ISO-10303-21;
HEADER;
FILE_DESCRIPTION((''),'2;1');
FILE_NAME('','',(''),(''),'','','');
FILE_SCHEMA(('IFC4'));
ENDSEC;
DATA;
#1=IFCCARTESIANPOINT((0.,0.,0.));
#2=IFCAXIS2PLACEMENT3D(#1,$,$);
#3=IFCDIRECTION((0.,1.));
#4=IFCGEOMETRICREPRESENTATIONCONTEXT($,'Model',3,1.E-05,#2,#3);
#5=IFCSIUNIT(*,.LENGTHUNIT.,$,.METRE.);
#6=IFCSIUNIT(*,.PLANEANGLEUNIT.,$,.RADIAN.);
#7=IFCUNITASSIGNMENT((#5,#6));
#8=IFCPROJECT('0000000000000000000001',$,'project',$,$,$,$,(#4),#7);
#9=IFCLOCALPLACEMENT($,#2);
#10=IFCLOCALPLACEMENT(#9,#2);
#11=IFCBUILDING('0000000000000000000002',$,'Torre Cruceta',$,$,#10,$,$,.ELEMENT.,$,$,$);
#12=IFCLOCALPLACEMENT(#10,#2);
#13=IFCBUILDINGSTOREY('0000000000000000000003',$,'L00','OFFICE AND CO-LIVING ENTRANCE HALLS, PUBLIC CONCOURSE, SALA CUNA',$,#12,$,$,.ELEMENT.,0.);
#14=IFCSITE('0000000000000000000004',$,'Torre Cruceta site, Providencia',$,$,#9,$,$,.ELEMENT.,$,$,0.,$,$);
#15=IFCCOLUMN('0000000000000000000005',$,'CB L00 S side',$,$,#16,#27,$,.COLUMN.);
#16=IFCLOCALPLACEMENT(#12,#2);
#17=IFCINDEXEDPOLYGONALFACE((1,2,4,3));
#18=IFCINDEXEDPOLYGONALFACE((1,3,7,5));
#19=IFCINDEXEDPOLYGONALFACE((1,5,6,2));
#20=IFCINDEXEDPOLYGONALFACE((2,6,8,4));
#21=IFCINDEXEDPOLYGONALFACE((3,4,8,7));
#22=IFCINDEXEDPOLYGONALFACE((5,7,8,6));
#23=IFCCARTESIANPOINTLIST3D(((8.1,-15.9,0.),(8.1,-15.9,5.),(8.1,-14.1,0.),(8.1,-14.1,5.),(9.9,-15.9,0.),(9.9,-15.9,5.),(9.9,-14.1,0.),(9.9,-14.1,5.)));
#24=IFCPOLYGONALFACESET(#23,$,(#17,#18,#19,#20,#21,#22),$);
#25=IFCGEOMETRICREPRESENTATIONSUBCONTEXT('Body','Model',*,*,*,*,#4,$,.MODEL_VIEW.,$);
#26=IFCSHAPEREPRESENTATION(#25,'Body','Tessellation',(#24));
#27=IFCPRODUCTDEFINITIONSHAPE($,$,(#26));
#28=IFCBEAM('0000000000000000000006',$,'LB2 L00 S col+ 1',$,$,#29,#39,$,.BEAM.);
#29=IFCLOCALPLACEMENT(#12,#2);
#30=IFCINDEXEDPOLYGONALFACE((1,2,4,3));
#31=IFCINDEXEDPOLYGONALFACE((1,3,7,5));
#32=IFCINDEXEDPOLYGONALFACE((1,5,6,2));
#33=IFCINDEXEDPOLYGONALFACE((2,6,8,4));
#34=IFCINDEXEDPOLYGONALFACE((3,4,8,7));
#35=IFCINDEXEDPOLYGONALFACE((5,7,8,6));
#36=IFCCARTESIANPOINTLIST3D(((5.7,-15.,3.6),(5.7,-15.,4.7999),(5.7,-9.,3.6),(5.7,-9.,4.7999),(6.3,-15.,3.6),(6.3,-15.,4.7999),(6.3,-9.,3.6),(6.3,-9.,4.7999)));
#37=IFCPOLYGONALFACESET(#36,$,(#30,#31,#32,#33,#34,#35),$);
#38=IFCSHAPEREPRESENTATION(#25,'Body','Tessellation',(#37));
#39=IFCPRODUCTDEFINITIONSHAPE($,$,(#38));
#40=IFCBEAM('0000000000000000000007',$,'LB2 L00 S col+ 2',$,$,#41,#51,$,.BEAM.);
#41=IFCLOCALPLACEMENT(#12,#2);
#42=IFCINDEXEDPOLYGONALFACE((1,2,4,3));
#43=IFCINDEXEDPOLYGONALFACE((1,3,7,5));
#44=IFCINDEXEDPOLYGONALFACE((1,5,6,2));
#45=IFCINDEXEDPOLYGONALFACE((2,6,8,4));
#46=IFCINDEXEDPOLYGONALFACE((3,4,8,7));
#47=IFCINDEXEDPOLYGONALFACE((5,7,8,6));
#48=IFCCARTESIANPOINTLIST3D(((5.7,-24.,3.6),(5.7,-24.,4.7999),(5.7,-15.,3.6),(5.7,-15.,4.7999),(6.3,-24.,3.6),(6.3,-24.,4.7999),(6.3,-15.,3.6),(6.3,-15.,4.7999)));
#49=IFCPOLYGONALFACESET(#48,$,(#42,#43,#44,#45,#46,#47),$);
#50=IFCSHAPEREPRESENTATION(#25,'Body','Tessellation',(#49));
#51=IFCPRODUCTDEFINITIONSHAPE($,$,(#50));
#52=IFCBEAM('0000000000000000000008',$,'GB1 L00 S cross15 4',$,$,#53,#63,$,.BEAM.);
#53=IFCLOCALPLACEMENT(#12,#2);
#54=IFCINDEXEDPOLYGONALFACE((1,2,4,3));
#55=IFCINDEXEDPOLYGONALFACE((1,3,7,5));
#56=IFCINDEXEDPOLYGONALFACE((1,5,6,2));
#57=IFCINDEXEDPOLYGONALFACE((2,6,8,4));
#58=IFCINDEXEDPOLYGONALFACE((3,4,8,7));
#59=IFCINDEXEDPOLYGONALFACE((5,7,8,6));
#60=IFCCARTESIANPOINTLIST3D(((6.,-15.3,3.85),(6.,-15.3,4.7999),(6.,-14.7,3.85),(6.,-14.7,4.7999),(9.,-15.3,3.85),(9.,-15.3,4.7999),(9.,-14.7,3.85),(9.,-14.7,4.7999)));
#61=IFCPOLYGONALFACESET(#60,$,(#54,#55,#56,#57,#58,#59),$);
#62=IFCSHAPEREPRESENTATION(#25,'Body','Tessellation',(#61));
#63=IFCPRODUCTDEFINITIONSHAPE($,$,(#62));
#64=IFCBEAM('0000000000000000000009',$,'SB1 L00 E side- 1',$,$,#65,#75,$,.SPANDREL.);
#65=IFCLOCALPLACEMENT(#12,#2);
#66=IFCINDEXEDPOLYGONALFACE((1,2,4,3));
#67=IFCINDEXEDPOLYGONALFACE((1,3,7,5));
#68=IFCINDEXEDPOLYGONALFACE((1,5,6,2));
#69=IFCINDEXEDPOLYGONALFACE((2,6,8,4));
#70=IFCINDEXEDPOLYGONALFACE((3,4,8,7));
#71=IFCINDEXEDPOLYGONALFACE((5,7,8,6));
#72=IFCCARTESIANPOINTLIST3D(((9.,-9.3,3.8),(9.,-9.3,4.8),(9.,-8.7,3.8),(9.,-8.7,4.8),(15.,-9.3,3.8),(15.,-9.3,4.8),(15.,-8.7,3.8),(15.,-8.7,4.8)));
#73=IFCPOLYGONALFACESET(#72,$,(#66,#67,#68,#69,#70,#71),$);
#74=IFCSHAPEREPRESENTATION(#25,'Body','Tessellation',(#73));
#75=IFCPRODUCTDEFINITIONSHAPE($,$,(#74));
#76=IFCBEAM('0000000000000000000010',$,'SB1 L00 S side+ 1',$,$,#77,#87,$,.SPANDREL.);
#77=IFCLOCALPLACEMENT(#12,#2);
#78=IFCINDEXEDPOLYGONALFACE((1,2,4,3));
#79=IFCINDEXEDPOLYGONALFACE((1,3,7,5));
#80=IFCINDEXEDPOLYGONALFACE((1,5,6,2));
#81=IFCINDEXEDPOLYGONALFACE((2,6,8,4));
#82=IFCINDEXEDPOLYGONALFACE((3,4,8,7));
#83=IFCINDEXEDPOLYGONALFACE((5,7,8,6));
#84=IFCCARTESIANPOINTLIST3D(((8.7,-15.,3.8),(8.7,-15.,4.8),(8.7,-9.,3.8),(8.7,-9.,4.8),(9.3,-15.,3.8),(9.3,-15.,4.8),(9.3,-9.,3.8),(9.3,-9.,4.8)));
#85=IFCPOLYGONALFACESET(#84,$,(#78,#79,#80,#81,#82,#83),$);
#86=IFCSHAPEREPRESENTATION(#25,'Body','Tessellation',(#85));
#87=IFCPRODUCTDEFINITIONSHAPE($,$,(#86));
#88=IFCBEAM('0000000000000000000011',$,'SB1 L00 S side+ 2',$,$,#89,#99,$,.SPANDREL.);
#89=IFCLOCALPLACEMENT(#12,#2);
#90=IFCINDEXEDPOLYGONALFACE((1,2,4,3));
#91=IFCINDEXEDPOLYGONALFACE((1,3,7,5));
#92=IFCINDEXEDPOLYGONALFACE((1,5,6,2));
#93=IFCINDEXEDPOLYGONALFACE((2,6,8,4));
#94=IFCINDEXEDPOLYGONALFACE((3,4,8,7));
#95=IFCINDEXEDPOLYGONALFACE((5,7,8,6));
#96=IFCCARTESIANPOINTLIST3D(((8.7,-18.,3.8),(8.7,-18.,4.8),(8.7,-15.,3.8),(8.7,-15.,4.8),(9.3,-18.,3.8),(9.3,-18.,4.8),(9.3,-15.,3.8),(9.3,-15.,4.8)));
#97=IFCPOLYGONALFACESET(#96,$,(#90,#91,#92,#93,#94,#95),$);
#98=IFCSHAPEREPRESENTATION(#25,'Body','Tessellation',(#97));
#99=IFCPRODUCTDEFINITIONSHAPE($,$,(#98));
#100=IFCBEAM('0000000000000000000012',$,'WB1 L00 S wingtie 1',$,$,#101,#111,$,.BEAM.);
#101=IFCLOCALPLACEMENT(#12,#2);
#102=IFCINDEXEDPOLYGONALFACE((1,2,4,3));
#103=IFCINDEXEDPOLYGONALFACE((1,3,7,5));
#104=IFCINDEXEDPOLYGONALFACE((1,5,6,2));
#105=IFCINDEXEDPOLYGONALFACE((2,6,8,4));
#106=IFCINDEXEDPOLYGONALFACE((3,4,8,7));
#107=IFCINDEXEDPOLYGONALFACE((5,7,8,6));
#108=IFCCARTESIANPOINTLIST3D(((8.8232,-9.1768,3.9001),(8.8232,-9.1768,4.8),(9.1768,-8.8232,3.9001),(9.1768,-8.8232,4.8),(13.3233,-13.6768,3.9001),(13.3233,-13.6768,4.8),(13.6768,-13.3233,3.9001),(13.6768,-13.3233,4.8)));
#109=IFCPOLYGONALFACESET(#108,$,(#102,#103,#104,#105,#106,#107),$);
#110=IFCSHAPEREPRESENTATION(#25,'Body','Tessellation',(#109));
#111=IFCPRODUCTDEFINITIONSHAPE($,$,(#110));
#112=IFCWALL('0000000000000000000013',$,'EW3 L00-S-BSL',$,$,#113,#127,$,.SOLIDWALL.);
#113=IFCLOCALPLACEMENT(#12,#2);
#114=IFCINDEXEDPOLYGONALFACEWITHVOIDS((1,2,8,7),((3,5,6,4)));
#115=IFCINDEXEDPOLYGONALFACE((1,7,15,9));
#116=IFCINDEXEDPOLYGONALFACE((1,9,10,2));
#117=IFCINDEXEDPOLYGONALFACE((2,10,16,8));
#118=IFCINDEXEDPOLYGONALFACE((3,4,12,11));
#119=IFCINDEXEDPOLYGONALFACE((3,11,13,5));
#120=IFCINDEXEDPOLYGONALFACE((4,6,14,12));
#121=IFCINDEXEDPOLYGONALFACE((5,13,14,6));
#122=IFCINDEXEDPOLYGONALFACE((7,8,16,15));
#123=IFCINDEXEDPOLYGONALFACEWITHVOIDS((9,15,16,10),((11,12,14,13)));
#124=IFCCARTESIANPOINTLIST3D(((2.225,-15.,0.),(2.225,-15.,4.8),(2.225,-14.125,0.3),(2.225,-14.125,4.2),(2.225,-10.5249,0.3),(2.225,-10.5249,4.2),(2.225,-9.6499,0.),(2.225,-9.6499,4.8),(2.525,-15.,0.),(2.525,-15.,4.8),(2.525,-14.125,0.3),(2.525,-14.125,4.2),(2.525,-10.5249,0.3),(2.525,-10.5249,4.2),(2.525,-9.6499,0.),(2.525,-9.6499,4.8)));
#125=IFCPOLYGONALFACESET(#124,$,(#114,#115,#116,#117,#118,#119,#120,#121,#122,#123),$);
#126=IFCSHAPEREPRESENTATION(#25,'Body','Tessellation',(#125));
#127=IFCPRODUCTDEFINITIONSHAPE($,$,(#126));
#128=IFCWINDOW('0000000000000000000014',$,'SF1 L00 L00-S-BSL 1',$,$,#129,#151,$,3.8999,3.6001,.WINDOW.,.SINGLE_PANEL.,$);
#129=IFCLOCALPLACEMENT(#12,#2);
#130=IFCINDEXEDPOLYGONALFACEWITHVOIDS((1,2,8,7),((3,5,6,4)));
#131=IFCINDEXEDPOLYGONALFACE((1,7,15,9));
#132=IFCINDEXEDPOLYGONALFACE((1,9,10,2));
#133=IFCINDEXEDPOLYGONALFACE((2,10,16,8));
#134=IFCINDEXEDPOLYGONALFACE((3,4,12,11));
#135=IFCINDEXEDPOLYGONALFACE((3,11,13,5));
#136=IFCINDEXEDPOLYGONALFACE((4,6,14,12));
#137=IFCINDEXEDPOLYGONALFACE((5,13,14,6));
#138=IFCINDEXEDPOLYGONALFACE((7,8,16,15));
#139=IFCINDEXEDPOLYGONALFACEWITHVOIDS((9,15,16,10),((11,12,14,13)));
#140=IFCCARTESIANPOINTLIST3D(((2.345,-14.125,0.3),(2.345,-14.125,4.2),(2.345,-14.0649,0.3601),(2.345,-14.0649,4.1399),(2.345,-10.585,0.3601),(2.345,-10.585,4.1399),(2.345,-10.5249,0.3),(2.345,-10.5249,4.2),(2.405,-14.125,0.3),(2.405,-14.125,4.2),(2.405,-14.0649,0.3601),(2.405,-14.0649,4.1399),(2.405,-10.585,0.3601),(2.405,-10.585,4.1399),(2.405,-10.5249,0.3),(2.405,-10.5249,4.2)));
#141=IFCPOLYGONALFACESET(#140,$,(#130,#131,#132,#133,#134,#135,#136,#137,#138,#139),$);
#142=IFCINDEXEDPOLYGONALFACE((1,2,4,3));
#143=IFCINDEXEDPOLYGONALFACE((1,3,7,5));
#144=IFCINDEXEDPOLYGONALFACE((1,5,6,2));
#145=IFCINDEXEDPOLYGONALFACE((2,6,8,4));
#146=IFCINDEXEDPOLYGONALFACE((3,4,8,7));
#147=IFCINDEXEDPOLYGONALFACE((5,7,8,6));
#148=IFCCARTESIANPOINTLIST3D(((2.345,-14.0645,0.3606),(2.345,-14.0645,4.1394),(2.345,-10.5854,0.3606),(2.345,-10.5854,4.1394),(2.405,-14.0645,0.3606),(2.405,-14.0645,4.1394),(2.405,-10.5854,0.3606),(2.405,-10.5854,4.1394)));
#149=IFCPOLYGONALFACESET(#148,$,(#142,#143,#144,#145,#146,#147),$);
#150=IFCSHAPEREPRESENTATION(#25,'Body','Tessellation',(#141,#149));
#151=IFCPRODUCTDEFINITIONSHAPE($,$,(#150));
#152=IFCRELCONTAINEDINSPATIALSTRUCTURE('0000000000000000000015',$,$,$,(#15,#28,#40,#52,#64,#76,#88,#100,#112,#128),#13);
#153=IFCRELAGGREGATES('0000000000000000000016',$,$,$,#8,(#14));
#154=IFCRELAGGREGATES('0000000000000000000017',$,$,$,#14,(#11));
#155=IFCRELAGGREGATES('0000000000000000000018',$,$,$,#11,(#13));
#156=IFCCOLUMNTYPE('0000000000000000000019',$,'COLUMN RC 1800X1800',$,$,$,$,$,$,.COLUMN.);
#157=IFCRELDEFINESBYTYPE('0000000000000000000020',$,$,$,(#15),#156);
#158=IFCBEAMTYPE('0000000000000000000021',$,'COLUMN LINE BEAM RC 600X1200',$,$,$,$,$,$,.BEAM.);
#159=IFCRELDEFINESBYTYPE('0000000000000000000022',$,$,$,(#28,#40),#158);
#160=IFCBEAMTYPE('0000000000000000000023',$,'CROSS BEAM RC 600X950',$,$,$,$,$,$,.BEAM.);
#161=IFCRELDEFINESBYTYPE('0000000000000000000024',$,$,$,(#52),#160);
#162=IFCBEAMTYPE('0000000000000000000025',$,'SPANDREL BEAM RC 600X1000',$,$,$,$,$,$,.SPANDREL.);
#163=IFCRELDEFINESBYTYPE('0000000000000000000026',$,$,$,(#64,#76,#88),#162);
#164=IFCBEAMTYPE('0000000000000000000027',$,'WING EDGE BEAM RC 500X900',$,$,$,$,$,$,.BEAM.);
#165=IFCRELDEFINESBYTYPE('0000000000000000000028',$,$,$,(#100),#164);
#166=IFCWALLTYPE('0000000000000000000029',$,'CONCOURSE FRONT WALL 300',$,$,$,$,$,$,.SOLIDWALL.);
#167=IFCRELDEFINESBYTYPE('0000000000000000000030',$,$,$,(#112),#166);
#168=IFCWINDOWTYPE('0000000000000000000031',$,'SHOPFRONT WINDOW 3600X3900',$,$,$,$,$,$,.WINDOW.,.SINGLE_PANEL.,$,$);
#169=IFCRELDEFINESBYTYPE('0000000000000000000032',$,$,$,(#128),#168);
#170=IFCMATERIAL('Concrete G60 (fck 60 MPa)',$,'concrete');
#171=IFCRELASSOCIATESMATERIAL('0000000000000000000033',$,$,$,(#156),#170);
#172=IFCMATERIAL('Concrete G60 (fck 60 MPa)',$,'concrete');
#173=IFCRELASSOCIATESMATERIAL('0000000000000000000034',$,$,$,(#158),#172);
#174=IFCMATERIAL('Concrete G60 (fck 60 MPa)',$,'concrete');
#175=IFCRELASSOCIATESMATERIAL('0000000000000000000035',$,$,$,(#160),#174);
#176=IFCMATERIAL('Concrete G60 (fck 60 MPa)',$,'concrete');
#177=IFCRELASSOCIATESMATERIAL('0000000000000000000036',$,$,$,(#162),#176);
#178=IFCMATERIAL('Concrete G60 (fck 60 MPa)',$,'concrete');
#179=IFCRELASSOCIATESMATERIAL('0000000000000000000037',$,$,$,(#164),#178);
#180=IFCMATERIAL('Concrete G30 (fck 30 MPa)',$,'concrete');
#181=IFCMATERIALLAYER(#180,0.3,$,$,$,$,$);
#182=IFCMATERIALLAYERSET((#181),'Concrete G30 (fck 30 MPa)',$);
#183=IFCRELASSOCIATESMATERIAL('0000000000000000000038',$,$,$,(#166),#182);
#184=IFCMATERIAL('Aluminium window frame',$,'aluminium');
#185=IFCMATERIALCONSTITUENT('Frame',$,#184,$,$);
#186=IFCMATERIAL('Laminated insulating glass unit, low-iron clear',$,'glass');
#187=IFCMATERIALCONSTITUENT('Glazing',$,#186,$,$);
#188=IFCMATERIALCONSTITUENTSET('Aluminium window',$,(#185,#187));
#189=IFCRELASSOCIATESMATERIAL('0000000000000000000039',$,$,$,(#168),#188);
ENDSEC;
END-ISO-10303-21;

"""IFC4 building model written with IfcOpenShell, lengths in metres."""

from ifc_helpers import new_model, si_unit, direction, frame, frame_2d, origin, origin_2d, place, context, subcontext, project, spatial, rectangle, hollow_rectangle, extrude, material, layer, layer_set, constituent, constituent_set, material_profile, profile_set, type_object, element, fill, save


model = new_model("IFC4")

# Units and contexts
model_context = context("Model", 3, precision=1e-05, world=origin(), true_north=direction((0.0, 1.0)))
body_context = subcontext(model_context, "Body", "Model", "MODEL_VIEW")
ifc_project = project(units=[si_unit("LENGTHUNIT", "METRE"), si_unit("PLANEANGLEUNIT", "RADIAN")], contexts=[model_context])

# Site, building, storey
site_placement = place(None, origin())
site = spatial("IfcSite", under=ifc_project, at=site_placement, Name="Torre Cruceta site, Providencia", CompositionType="ELEMENT", RefElevation=0.0)
building_placement = place(site_placement, origin())
building = spatial("IfcBuilding", under=site, at=building_placement, Name="Torre Cruceta", CompositionType="ELEMENT")
storey_placement = place(building_placement, origin())
storey = spatial("IfcBuildingStorey", under=building, at=storey_placement, Name="L00", Description="OFFICE AND CO-LIVING ENTRANCE HALLS, PUBLIC CONCOURSE, SALA CUNA", CompositionType="ELEMENT", Elevation=0.0)

# Column
ifc_material_1 = material(Name="Concrete G60 (fck 60 MPa)", Category="concrete")
ifc_material_profile_1 = material_profile(ifc_material_1, rectangle(XDim=1.8, YDim=1.8, at=origin_2d()), Name="RC 1800X1800")
ifc_profile_set_1 = profile_set([ifc_material_profile_1], Name="Concrete G60 (fck 60 MPa)")
column_type = type_object("IfcColumnType", Name="COLUMN RC 1800X1800", PredefinedType="COLUMN", material=ifc_profile_set_1)
column_placement = place(storey_placement, frame((9.0, -15.0, 0.0), z_axis=(0.0, 0.0, 1.0), x_axis=(1.0, 0.0, 0.0)))
element("IfcColumn", 1, at=column_placement, inside=storey, type_object=column_type, Name="CB L00 S side", PredefinedType="COLUMN", context=body_context, shape_type="SweptSolid", body=[
    extrude(rectangle(XDim=1.8, YDim=1.8, at=origin_2d()), origin(), (0.0, 0.0, 1.0), 5.0),
])

# Beams
ifc_material_2 = material(Name="Concrete G60 (fck 60 MPa)", Category="concrete")
ifc_material_profile_2 = material_profile(ifc_material_2, rectangle(XDim=0.6001, YDim=1.2, at=origin_2d()), Name="RC 600X1200")
ifc_profile_set_2 = profile_set([ifc_material_profile_2], Name="Concrete G60 (fck 60 MPa)")
beam_type_1 = type_object("IfcBeamType", Name="COLUMN LINE BEAM RC 600X1200", PredefinedType="BEAM", material=ifc_profile_set_2)
beam_1_placement = place(storey_placement, frame((6.0, -9.0, 4.2), z_axis=(0.0, -1.0, 0.0), x_axis=(1.0, 0.0, 0.0)))
element("IfcBeam", 2, at=beam_1_placement, inside=storey, type_object=beam_type_1, Name="LB2 L00 S col+ 1", PredefinedType="BEAM", context=body_context, shape_type="SweptSolid", body=[
    extrude(rectangle(XDim=0.6001, YDim=1.2, at=origin_2d()), origin(), (0.0, 0.0, 1.0), 6.0),
])
beam_2_placement = place(storey_placement, frame((6.0, -15.0, 4.2), z_axis=(0.0, -1.0, 0.0), x_axis=(1.0, 0.0, 0.0)))
element("IfcBeam", 3, at=beam_2_placement, inside=storey, type_object=beam_type_1, Name="LB2 L00 S col+ 2", PredefinedType="BEAM", context=body_context, shape_type="SweptSolid", body=[
    extrude(rectangle(XDim=0.6001, YDim=1.2, at=origin_2d()), origin(), (0.0, 0.0, 1.0), 9.0),
])
ifc_material_3 = material(Name="Concrete G60 (fck 60 MPa)", Category="concrete")
ifc_material_profile_3 = material_profile(ifc_material_3, rectangle(XDim=0.6001, YDim=0.95, at=origin_2d()), Name="RC 600X950")
ifc_profile_set_3 = profile_set([ifc_material_profile_3], Name="Concrete G60 (fck 60 MPa)")
beam_type_2 = type_object("IfcBeamType", Name="CROSS BEAM RC 600X950", PredefinedType="BEAM", material=ifc_profile_set_3)
beam_3_placement = place(storey_placement, frame((6.0, -15.0, 4.325), z_axis=(1.0, 0.0, 0.0), x_axis=(0.0, 1.0, 0.0)))
element("IfcBeam", 4, at=beam_3_placement, inside=storey, type_object=beam_type_2, Name="GB1 L00 S cross15 4", PredefinedType="BEAM", context=body_context, shape_type="SweptSolid", body=[
    extrude(rectangle(XDim=0.6001, YDim=0.95, at=origin_2d()), origin(), (0.0, 0.0, 1.0), 3.0),
])
ifc_material_4 = material(Name="Concrete G60 (fck 60 MPa)", Category="concrete")
ifc_material_profile_4 = material_profile(ifc_material_4, rectangle(XDim=0.6001, YDim=1.0, at=origin_2d()), Name="RC 600X1000")
ifc_profile_set_4 = profile_set([ifc_material_profile_4], Name="Concrete G60 (fck 60 MPa)")
beam_type_3 = type_object("IfcBeamType", Name="SPANDREL BEAM RC 600X1000", PredefinedType="SPANDREL", material=ifc_profile_set_4)
for number, where, z_axis, x_axis, name in (
    (5, (9.0, -9.0, 4.3), (1.0, 0.0, 0.0), (0.0, 1.0, 0.0), "SB1 L00 E side- 1"),
    (6, (9.0, -9.0, 4.3), (0.0, -1.0, 0.0), (1.0, 0.0, 0.0), "SB1 L00 S side+ 1"),
):
    element("IfcBeam", number, at=place(storey_placement, frame(where, z_axis=z_axis, x_axis=x_axis)), inside=storey, type_object=beam_type_3, Name=name, PredefinedType="SPANDREL", context=body_context, shape_type="SweptSolid", body=[
        extrude(rectangle(XDim=0.6001, YDim=1.0, at=origin_2d()), origin(), (0.0, 0.0, 1.0), 6.0),
    ])
beam_4_placement = place(storey_placement, frame((9.0, -15.0, 4.3), z_axis=(0.0, -1.0, 0.0), x_axis=(1.0, 0.0, 0.0)))
element("IfcBeam", 7, at=beam_4_placement, inside=storey, type_object=beam_type_3, Name="SB1 L00 S side+ 2", PredefinedType="SPANDREL", context=body_context, shape_type="SweptSolid", body=[
    extrude(rectangle(XDim=0.6001, YDim=1.0, at=origin_2d()), origin(), (0.0, 0.0, 1.0), 3.0),
])
ifc_material_5 = material(Name="Concrete G60 (fck 60 MPa)", Category="concrete")
ifc_material_profile_5 = material_profile(ifc_material_5, rectangle(XDim=0.5, YDim=0.8999, at=origin_2d()), Name="RC 500X900")
ifc_profile_set_5 = profile_set([ifc_material_profile_5], Name="Concrete G60 (fck 60 MPa)")
beam_type_4 = type_object("IfcBeamType", Name="WING EDGE BEAM RC 500X900", PredefinedType="BEAM", material=ifc_profile_set_5)
beam_5_placement = place(storey_placement, frame((9.0, -9.0, 4.3501), z_axis=(0.707107, -0.707107, 0.0), x_axis=(0.707107, 0.707107, 0.0)))
element("IfcBeam", 8, at=beam_5_placement, inside=storey, type_object=beam_type_4, Name="WB1 L00 S wingtie 1", PredefinedType="BEAM", context=body_context, shape_type="SweptSolid", body=[
    extrude(rectangle(XDim=0.5, YDim=0.8999, at=origin_2d()), origin(), (0.0, 0.0, 1.0), 6.364),
])

# Shared definitions
ifc_material_6 = material(Name="Concrete G30 (fck 30 MPa)", Category="concrete")
ifc_layer_1 = layer(ifc_material_6, 0.3)
ifc_layer_set_1 = layer_set([ifc_layer_1], Name="Concrete G30 (fck 30 MPa)")
wall_type_1 = type_object("IfcWallType", Name="CONCOURSE FRONT WALL 300", PredefinedType="SOLIDWALL", material=ifc_layer_set_1)

# Wall, opening, window
wall_1_placement = place(storey_placement, frame((2.375, -9.6499, 0.0), z_axis=(0.0, 0.0, 1.0), x_axis=(0.0, -1.0, 0.0)))
wall_1 = element("IfcWall", 9, at=wall_1_placement, inside=storey, type_object=wall_type_1, Name="EW3 L00-S-BSL", PredefinedType="SOLIDWALL", context=body_context, shape_type="SweptSolid", body=[
    extrude(rectangle(XDim=5.3501, YDim=0.3, at=frame_2d((2.675, 0.0))), origin(), (0.0, 0.0, 1.0), 4.8),
])
opening_1_placement = place(wall_1_placement, frame((0.875, 0.0, 0.3)))
opening_1 = element("IfcOpeningElement", 10, at=opening_1_placement, cuts=wall_1, PredefinedType="OPENING", context=body_context, shape_type="SweptSolid", body=[
    extrude(rectangle(XDim=3.6001, YDim=3.8999, at=frame_2d((1.8, 1.95))), frame((0.0, 0.1599, 0.0), z_axis=(0.0, -1.0, 0.0), x_axis=(1.0, 0.0, 0.0)), (0.0, 0.0, 1.0), 0.3201),
])
ifc_material_7 = material(Name="Aluminium window frame", Category="aluminium")
ifc_constituent_1 = constituent(ifc_material_7, Name="Frame")
ifc_material_8 = material(Name="Laminated insulating glass unit, low-iron clear", Category="glass")
ifc_constituent_2 = constituent(ifc_material_8, Name="Glazing")
ifc_constituent_set_1 = constituent_set(constituents=[ifc_constituent_1, ifc_constituent_2], Name="Aluminium window")
window_type_1 = type_object("IfcWindowType", Name="SHOPFRONT WINDOW 3600X3900", PartitioningType="SINGLE_PANEL", PredefinedType="WINDOW", material=ifc_constituent_set_1)
window_1_placement = place(opening_1_placement, origin())
window_1 = element("IfcWindow", 11, at=window_1_placement, inside=storey, type_object=window_type_1, Name="SF1 L00 L00-S-BSL 1", OverallHeight=3.8999, OverallWidth=3.6001, PartitioningType="SINGLE_PANEL", PredefinedType="WINDOW", context=body_context, shape_type="SweptSolid", body=[
    extrude(hollow_rectangle(XDim=3.6001, YDim=3.8999, WallThickness=0.0601, at=frame_2d((1.8, 1.95))), frame((0.0, 0.03, 0.0), z_axis=(0.0, -1.0, 0.0), x_axis=(1.0, 0.0, 0.0)), (0.0, 0.0, 1.0), 0.0601),
    extrude(rectangle(XDim=3.479, YDim=3.7788, at=frame_2d((1.8, 1.95))), frame((0.0, 0.03, 0.0), z_axis=(0.0, -1.0, 0.0), x_axis=(1.0, 0.0, 0.0)), (0.0, 0.0, 1.0), 0.0601),
])
fill(opening_1, window_1)

save(model, "model.ifc")
